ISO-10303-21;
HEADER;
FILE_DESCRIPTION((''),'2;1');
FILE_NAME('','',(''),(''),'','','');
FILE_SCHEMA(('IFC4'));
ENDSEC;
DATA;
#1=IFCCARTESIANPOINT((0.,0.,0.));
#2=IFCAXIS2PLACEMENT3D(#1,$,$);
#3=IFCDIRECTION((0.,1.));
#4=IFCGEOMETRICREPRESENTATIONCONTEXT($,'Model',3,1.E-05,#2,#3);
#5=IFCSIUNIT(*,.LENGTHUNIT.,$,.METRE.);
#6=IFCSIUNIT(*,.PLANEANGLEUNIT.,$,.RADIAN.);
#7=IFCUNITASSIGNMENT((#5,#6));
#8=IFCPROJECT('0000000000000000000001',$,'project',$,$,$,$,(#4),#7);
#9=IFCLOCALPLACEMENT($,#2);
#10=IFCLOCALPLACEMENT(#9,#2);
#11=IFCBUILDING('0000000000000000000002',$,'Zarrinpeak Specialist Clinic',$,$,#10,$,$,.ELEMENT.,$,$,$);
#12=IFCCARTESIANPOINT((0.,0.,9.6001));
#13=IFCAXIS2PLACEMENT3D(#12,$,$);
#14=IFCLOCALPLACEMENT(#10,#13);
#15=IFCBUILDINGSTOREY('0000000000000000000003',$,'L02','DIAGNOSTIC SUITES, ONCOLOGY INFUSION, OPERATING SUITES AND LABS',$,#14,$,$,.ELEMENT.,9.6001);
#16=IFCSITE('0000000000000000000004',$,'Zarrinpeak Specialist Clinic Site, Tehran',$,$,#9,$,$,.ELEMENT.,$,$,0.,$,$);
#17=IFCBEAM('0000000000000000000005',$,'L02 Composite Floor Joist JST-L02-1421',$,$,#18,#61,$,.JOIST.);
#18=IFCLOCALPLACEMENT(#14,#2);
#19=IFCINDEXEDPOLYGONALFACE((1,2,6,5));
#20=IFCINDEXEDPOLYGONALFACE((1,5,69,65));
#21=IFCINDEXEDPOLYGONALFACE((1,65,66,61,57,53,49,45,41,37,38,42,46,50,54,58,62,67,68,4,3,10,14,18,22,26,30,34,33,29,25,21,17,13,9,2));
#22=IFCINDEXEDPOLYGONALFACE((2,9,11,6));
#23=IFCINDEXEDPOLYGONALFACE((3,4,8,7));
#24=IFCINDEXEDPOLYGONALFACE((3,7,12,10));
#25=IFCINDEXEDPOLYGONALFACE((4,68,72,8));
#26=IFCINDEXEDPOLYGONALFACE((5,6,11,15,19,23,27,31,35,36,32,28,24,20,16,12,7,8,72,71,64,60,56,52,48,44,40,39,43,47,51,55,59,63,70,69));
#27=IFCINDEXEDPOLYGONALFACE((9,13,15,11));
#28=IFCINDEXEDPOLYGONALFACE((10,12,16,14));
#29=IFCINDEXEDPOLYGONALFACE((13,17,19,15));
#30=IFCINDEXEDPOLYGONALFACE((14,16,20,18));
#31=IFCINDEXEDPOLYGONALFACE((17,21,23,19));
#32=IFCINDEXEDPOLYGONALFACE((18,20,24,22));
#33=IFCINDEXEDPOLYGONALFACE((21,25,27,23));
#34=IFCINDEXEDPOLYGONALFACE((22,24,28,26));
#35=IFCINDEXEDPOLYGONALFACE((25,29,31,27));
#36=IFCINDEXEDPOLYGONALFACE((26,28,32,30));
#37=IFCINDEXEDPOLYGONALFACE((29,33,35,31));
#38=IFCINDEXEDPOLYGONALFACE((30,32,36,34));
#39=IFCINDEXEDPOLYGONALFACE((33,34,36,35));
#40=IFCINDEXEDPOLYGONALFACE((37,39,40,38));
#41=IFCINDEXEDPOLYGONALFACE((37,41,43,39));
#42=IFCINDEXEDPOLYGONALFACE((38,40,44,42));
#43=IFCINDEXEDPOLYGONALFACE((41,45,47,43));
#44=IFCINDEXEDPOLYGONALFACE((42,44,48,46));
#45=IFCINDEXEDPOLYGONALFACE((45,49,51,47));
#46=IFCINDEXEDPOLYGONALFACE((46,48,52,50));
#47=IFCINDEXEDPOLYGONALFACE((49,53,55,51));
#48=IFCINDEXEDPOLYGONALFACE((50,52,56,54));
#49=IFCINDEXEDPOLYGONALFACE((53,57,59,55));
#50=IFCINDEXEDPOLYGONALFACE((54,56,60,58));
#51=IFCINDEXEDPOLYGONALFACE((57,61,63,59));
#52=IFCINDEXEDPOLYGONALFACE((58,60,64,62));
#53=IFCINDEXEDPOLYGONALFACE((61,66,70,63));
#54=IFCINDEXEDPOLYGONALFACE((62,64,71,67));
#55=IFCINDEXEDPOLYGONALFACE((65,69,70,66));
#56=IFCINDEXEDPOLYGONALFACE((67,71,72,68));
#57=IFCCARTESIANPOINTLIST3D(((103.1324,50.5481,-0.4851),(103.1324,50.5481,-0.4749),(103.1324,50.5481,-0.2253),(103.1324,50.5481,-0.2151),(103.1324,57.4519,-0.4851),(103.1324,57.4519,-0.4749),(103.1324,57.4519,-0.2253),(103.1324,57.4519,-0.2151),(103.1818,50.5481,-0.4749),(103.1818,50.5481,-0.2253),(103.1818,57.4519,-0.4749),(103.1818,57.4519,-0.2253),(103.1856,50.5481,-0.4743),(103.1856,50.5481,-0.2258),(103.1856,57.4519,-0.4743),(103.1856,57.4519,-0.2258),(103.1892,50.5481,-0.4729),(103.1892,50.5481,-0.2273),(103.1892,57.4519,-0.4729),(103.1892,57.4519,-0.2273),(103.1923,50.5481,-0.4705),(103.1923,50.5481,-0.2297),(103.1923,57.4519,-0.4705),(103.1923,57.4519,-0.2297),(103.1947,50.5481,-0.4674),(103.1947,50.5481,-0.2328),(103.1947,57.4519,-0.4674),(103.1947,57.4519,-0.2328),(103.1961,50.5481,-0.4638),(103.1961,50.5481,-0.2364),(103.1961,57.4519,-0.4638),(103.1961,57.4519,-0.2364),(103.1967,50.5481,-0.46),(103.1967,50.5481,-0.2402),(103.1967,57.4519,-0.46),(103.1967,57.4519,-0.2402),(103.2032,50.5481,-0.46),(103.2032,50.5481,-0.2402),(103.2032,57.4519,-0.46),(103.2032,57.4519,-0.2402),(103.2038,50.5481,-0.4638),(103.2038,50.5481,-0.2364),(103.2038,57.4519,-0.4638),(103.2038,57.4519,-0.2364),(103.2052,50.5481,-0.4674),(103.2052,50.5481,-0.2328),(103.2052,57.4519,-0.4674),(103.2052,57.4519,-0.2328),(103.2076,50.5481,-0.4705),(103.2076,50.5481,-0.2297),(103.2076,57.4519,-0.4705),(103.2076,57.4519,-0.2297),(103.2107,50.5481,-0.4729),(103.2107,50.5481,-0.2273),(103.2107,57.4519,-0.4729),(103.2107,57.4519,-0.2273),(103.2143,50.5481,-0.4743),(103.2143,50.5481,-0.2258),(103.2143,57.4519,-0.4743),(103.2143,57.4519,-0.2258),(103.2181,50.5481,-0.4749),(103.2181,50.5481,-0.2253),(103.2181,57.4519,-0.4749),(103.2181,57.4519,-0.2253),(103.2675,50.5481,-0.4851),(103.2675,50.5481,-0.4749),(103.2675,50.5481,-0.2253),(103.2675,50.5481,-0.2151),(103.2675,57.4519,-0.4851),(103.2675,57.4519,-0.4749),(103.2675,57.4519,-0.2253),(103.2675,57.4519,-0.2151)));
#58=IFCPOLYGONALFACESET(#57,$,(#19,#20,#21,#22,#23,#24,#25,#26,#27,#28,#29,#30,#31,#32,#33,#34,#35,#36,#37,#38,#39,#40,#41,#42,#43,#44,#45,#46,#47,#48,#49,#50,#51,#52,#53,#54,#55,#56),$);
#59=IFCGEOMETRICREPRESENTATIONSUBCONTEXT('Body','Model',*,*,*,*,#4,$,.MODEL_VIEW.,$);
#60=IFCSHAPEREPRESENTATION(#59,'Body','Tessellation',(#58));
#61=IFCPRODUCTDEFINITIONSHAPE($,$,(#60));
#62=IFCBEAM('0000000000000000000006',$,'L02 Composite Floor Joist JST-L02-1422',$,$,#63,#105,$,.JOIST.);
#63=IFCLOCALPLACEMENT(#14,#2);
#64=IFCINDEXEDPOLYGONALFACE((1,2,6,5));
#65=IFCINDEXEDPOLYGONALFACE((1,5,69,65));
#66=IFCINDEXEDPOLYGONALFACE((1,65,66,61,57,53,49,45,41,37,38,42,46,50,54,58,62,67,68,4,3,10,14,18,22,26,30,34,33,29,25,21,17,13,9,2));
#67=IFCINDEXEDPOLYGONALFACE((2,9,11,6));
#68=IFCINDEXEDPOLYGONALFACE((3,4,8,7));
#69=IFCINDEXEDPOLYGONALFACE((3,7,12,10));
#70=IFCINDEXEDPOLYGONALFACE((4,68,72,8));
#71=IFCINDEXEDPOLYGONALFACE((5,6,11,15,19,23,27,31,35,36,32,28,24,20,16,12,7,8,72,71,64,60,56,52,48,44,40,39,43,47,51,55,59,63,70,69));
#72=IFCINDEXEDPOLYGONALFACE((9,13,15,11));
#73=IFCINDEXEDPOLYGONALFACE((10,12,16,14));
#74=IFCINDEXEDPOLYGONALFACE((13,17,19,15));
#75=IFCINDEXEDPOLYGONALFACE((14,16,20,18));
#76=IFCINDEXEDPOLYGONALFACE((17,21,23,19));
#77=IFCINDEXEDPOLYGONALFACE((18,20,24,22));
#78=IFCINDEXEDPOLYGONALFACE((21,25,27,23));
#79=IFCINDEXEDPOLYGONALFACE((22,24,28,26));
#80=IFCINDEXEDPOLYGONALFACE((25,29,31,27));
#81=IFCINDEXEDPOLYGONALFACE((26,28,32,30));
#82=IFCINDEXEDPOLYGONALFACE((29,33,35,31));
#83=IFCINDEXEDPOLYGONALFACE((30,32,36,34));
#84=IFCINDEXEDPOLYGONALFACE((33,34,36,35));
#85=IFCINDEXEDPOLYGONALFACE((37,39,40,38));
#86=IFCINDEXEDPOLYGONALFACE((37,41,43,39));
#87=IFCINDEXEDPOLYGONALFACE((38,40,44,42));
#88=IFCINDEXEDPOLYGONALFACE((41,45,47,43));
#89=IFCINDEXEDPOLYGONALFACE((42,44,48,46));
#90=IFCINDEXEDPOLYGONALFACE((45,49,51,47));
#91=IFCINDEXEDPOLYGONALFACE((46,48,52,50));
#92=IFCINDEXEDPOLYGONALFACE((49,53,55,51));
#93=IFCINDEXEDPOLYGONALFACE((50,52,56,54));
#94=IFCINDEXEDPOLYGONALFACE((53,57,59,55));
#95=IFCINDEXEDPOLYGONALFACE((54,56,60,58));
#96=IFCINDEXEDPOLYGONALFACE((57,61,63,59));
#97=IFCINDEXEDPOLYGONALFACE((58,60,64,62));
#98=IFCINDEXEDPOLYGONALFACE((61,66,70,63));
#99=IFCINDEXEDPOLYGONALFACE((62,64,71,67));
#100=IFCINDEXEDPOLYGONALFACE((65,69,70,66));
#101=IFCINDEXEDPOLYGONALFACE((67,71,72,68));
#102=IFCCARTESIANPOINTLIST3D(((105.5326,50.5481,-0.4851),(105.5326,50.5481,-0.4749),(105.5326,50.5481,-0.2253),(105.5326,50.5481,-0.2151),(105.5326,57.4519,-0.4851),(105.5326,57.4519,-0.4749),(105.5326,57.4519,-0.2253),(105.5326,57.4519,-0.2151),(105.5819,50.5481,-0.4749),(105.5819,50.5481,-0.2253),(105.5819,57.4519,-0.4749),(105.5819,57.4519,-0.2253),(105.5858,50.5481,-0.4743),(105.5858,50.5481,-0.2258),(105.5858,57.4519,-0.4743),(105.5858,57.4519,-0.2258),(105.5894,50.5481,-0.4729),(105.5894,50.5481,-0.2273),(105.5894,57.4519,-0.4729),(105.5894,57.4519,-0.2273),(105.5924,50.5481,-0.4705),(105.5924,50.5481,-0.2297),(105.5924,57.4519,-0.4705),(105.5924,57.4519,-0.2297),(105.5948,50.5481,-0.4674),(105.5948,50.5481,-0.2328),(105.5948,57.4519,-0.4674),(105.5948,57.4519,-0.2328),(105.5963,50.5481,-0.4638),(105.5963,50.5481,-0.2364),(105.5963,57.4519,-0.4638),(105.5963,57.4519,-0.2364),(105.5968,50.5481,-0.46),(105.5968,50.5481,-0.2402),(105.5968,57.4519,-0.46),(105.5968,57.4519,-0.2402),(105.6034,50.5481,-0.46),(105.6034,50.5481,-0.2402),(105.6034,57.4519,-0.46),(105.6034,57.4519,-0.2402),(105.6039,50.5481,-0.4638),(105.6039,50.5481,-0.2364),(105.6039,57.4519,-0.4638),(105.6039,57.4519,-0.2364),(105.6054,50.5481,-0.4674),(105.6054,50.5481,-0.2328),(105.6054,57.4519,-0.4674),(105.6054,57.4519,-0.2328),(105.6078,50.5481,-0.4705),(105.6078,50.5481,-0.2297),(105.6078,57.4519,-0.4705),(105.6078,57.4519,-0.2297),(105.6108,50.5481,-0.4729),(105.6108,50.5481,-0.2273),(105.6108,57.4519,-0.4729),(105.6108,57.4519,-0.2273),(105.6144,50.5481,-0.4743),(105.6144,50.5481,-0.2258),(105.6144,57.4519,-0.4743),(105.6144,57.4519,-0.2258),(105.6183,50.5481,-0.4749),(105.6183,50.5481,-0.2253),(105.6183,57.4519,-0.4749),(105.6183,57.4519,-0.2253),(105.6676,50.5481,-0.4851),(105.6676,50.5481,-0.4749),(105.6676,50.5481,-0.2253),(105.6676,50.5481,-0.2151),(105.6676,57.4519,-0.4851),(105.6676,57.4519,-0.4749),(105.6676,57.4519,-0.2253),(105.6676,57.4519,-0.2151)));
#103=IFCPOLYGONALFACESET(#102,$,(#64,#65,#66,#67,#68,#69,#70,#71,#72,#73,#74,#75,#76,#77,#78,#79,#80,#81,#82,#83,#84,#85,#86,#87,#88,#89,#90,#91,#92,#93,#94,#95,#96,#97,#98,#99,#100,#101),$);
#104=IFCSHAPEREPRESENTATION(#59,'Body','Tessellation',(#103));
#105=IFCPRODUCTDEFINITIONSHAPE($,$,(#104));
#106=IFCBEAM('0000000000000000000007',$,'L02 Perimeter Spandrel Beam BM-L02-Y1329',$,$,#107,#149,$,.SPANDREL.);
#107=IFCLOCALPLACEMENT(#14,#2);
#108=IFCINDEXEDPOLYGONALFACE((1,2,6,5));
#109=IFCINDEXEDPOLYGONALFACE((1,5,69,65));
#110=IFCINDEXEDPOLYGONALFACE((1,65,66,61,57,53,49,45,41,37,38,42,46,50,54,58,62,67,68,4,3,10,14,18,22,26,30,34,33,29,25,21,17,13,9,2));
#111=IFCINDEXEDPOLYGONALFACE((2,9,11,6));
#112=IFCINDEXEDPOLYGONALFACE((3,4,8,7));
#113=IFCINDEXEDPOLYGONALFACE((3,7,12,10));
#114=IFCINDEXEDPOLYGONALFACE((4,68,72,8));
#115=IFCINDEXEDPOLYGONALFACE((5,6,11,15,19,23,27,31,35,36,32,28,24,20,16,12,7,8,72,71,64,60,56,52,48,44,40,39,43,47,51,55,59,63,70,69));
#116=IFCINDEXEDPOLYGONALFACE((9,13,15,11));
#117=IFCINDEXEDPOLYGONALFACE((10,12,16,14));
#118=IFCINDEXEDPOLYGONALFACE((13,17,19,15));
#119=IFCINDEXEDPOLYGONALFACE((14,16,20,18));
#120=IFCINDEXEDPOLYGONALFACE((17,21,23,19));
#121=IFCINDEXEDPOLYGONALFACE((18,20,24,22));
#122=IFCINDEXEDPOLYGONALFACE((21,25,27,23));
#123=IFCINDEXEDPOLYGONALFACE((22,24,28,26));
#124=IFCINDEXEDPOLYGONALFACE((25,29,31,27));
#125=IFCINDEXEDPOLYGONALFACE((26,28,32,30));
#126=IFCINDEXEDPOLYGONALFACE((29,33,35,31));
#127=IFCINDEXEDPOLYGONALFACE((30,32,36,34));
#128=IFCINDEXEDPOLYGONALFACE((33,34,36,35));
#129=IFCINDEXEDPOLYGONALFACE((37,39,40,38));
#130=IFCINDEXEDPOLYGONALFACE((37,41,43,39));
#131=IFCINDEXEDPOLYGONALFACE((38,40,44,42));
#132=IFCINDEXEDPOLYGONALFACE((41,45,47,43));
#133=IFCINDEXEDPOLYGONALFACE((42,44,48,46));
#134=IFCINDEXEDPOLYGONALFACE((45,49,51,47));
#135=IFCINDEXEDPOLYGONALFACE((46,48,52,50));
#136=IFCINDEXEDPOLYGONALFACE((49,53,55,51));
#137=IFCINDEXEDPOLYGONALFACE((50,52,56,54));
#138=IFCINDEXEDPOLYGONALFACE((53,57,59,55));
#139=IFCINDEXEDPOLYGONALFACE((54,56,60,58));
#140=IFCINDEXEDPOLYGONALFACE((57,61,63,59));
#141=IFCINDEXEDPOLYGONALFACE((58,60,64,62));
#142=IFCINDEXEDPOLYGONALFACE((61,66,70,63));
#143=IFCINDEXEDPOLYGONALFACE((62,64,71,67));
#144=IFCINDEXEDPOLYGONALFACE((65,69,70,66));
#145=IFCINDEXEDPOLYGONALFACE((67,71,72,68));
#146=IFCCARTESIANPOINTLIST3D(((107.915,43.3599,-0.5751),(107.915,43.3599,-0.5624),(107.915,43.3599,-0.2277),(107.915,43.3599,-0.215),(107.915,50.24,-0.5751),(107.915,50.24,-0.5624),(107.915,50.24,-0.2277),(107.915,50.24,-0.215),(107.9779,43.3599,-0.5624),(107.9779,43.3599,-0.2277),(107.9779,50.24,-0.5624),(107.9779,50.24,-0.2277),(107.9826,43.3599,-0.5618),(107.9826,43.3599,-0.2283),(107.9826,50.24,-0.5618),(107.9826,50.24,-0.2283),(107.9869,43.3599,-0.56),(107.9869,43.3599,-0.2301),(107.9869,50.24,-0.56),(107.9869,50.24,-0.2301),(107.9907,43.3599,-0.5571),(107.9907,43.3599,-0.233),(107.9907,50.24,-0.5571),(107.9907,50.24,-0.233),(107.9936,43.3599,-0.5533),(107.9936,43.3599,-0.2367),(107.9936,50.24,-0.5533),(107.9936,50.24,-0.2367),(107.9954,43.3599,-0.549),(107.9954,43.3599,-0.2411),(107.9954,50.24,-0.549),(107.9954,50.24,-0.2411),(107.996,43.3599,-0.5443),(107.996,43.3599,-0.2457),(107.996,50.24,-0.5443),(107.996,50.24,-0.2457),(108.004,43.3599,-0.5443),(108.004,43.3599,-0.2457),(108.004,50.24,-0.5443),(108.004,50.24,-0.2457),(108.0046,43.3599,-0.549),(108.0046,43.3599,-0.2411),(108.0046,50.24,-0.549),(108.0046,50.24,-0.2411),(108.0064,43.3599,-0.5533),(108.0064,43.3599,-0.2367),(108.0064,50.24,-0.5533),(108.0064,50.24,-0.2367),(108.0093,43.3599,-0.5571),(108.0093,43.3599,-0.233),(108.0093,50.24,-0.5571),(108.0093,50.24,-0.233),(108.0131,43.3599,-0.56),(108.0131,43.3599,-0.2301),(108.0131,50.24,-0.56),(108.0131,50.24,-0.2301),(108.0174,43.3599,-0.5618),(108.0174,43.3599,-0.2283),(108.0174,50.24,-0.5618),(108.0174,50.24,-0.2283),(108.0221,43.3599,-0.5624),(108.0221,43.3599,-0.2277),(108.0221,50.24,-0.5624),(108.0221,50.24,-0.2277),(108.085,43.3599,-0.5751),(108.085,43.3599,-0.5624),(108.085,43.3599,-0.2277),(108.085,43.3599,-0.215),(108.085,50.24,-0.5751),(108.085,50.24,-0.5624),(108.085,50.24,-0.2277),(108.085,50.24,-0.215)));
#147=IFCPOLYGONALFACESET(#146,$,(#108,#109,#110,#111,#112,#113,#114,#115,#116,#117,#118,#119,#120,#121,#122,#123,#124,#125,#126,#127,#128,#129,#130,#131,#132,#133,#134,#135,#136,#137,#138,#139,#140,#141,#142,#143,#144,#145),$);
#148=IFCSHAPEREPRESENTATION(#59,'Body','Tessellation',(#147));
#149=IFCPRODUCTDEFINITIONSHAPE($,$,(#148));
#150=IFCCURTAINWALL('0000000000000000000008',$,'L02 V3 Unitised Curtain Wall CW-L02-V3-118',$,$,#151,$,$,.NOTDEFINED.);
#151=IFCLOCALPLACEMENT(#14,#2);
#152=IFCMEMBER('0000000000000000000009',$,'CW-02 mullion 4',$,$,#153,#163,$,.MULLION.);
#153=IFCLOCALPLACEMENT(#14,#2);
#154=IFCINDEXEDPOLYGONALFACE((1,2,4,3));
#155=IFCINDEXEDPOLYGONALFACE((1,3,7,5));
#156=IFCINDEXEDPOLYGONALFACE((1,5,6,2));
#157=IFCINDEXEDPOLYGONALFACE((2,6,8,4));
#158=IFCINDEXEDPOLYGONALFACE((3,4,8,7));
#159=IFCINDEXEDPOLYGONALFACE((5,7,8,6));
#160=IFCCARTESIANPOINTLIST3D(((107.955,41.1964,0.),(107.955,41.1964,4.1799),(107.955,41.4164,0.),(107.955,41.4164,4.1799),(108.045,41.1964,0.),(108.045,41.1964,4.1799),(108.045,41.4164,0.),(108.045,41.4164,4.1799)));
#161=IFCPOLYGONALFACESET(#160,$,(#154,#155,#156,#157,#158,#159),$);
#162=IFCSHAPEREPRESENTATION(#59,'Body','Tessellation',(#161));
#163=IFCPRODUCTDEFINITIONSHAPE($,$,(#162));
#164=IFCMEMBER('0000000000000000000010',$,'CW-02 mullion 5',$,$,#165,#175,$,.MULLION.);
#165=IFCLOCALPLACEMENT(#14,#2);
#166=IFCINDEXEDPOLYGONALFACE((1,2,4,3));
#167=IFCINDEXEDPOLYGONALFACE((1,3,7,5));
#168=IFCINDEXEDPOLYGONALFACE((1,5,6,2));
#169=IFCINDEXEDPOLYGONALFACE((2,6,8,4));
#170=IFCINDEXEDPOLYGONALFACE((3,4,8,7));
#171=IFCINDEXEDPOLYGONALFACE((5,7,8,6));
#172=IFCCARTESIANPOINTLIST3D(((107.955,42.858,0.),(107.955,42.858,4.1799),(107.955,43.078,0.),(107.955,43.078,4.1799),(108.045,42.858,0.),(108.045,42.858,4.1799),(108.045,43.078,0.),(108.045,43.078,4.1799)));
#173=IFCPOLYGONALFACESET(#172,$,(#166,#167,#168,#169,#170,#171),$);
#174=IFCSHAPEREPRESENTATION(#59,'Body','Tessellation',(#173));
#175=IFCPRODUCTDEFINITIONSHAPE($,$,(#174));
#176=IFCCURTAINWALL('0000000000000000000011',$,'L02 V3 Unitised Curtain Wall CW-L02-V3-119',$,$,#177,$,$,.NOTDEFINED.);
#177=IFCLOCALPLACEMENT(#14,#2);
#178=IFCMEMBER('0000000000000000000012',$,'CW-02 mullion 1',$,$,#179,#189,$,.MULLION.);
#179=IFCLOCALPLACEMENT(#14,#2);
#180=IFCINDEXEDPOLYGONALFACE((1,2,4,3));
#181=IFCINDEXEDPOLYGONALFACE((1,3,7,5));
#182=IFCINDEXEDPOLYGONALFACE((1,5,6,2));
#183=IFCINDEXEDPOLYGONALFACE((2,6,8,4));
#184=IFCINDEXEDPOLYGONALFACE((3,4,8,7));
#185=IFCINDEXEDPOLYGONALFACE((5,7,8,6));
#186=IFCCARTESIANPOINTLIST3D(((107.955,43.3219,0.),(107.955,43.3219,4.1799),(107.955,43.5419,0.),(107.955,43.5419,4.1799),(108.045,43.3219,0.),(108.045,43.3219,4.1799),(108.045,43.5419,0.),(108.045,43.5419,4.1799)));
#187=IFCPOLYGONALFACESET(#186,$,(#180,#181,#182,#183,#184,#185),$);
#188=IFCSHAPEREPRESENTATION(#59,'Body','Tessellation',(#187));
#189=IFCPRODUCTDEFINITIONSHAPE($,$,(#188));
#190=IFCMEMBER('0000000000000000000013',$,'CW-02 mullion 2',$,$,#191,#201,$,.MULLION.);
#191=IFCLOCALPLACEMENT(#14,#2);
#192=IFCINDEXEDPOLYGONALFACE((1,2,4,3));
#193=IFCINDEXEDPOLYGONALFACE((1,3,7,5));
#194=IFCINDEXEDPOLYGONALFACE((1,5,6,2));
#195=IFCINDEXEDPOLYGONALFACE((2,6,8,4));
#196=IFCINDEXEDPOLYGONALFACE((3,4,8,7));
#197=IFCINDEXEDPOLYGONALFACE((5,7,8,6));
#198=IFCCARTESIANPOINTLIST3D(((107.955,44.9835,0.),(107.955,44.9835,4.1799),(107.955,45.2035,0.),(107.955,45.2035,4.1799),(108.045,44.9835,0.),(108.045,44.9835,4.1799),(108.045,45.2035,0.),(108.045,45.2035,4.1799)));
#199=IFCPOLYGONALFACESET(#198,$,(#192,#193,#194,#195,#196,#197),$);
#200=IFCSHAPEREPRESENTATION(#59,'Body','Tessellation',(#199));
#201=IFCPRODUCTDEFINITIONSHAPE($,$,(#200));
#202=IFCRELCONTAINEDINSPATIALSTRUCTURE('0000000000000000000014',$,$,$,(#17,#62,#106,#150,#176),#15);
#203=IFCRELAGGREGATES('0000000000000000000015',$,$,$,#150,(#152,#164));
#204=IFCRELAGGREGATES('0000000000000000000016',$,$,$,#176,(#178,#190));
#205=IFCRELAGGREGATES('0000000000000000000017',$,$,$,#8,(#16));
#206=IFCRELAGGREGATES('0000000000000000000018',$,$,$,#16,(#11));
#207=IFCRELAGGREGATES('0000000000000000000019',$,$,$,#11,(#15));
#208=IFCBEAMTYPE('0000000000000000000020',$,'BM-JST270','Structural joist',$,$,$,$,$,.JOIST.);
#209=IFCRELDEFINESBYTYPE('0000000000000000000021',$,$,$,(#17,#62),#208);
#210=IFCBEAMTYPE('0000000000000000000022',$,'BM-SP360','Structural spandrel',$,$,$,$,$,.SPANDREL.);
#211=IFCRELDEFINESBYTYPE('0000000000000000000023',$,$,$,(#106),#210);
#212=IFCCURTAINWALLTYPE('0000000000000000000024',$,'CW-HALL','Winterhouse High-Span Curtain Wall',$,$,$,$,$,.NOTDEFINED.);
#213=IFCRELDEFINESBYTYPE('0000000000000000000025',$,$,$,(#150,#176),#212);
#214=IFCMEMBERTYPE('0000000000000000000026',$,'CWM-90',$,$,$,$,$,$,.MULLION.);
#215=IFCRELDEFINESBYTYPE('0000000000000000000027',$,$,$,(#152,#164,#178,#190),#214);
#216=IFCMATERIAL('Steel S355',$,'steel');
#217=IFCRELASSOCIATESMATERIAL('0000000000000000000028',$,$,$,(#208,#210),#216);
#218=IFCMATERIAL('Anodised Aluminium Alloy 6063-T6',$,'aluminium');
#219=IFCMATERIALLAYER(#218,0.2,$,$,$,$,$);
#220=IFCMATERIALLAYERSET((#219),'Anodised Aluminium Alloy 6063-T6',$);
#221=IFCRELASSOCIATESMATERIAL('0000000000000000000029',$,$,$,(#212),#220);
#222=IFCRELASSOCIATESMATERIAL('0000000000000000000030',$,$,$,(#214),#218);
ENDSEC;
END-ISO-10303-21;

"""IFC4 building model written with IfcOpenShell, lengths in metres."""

from ifc_helpers import new_model, si_unit, direction, frame, origin, origin_2d, place, context, subcontext, project, spatial, rectangle, i_section, extrude, material, layer, layer_set, material_profile, profile_set, type_object, element, aggregate, save


model = new_model("IFC4")

# Units and contexts
model_context = context("Model", 3, precision=1e-05, world=origin(), true_north=direction((0.0, 1.0)))
body_context = subcontext(model_context, "Body", "Model", "MODEL_VIEW")
ifc_project = project(units=[si_unit("LENGTHUNIT", "METRE"), si_unit("PLANEANGLEUNIT", "RADIAN")], contexts=[model_context])

# Site, building, storey
site_placement = place(None, origin())
site = spatial("IfcSite", under=ifc_project, at=site_placement, Name="Zarrinpeak Specialist Clinic Site, Tehran", CompositionType="ELEMENT", RefElevation=0.0)
building_placement = place(site_placement, origin())
building = spatial("IfcBuilding", under=site, at=building_placement, Name="Zarrinpeak Specialist Clinic", CompositionType="ELEMENT")
storey_placement = place(building_placement, frame((0.0, 0.0, 9.6001)))
storey = spatial("IfcBuildingStorey", under=building, at=storey_placement, Name="L02", Description="DIAGNOSTIC SUITES, ONCOLOGY INFUSION, OPERATING SUITES AND LABS", CompositionType="ELEMENT", Elevation=9.6001)

# Shared definitions
ifc_material_1 = material(Name="Steel S355", Category="steel")

# Beams
ifc_material_profile_1 = material_profile(ifc_material_1, i_section(OverallWidth=0.135, OverallDepth=0.27, WebThickness=0.0066, FlangeThickness=0.0103, FilletRadius=0.0149, at=origin_2d()), Name="IPE 270")
ifc_profile_set_1 = profile_set([ifc_material_profile_1], Name="Steel S355")
beam_type_1 = type_object("IfcBeamType", Name="BM-JST270", Description="Structural joist", PredefinedType="JOIST", material=ifc_profile_set_1)
for number, where, z_axis, x_axis, name in (
    (1, (103.2, 50.5481, -0.3501), (0.0, 1.0, 0.0), (-1.0, 0.0, 0.0), "L02 Composite Floor Joist JST-L02-1421"),
    (2, (105.6001, 50.5481, -0.3501), (0.0, 1.0, 0.0), (-1.0, 0.0, 0.0), "L02 Composite Floor Joist JST-L02-1422"),
):
    element("IfcBeam", number, at=place(storey_placement, frame(where, z_axis=z_axis, x_axis=x_axis)), inside=storey, type_object=beam_type_1, Name=name, PredefinedType="JOIST", context=body_context, shape_type="SweptSolid", body=[
        extrude(i_section(OverallWidth=0.135, OverallDepth=0.27, WebThickness=0.0066, FlangeThickness=0.0103, FilletRadius=0.0149, at=origin_2d()), origin(), (0.0, 0.0, 1.0), 6.9038),
    ])
ifc_material_profile_2 = material_profile(ifc_material_1, i_section(OverallWidth=0.1699, OverallDepth=0.3601, WebThickness=0.0081, FlangeThickness=0.0127, FilletRadius=0.0181, at=origin_2d()), Name="IPE 360")
ifc_profile_set_2 = profile_set([ifc_material_profile_2], Name="Steel S355")
beam_type_2 = type_object("IfcBeamType", Name="BM-SP360", Description="Structural spandrel", PredefinedType="SPANDREL", material=ifc_profile_set_2)
beam_1_placement = place(storey_placement, frame((108.0, 43.3599, -0.395), z_axis=(0.0, 1.0, 0.0), x_axis=(-1.0, 0.0, 0.0)))
element("IfcBeam", 3, at=beam_1_placement, inside=storey, type_object=beam_type_2, Name="L02 Perimeter Spandrel Beam BM-L02-Y1329", PredefinedType="SPANDREL", context=body_context, shape_type="SweptSolid", body=[
    extrude(i_section(OverallWidth=0.1699, OverallDepth=0.3601, WebThickness=0.0081, FlangeThickness=0.0127, FilletRadius=0.0181, at=origin_2d()), origin(), (0.0, 0.0, 1.0), 6.8801),
])

# Curtain walls, members
ifc_material_2 = material(Name="Anodised Aluminium Alloy 6063-T6", Category="aluminium")
ifc_layer_1 = layer(ifc_material_2, 0.2)
ifc_layer_set_1 = layer_set([ifc_layer_1], Name="Anodised Aluminium Alloy 6063-T6")
curtain_wall_type = type_object("IfcCurtainWallType", Name="CW-HALL", Description="Winterhouse High-Span Curtain Wall", PredefinedType="NOTDEFINED", material=ifc_layer_set_1)
curtain_wall_1_placement = place(storey_placement, origin())
curtain_wall_1 = element("IfcCurtainWall", 4, at=curtain_wall_1_placement, inside=storey, type_object=curtain_wall_type, Name="L02 V3 Unitised Curtain Wall CW-L02-V3-118", PredefinedType="NOTDEFINED")
ifc_material_profile_3 = material_profile(ifc_material_2, rectangle(XDim=0.0901, YDim=0.22, at=origin_2d()), Name="ALU 90x220")
ifc_profile_set_3 = profile_set([ifc_material_profile_3], Name="Anodised Aluminium Alloy 6063-T6")
member_type_1 = type_object("IfcMemberType", Name="CWM-90", PredefinedType="MULLION", material=ifc_profile_set_3)
member_1_placement = place(storey_placement, frame((108.0, 41.3064, 0.0), z_axis=(0.0, 0.0, 1.0), x_axis=(-1.0, 0.0, 0.0)))
member_1 = element("IfcMember", 5, at=member_1_placement, type_object=member_type_1, Name="CW-02 mullion 4", PredefinedType="MULLION", context=body_context, shape_type="SweptSolid", body=[
    extrude(rectangle(XDim=0.0901, YDim=0.22, at=origin_2d()), origin(), (0.0, 0.0, 1.0), 4.1799),
])
member_2_placement = place(storey_placement, frame((108.0, 42.968, 0.0), z_axis=(0.0, 0.0, 1.0), x_axis=(-1.0, 0.0, 0.0)))
member_2 = element("IfcMember", 6, at=member_2_placement, type_object=member_type_1, Name="CW-02 mullion 5", PredefinedType="MULLION", context=body_context, shape_type="SweptSolid", body=[
    extrude(rectangle(XDim=0.0901, YDim=0.22, at=origin_2d()), origin(), (0.0, 0.0, 1.0), 4.1799),
])
curtain_wall_2_placement = place(storey_placement, origin())
curtain_wall_2 = element("IfcCurtainWall", 7, at=curtain_wall_2_placement, inside=storey, type_object=curtain_wall_type, Name="L02 V3 Unitised Curtain Wall CW-L02-V3-119", PredefinedType="NOTDEFINED")
member_3_placement = place(storey_placement, frame((108.0, 43.4319, 0.0), z_axis=(0.0, 0.0, 1.0), x_axis=(-1.0, 0.0, 0.0)))
member_3 = element("IfcMember", 8, at=member_3_placement, type_object=member_type_1, Name="CW-02 mullion 1", PredefinedType="MULLION", context=body_context, shape_type="SweptSolid", body=[
    extrude(rectangle(XDim=0.0901, YDim=0.22, at=origin_2d()), origin(), (0.0, 0.0, 1.0), 4.1799),
])
member_4_placement = place(storey_placement, frame((108.0, 45.0935, 0.0), z_axis=(0.0, 0.0, 1.0), x_axis=(-1.0, 0.0, 0.0)))
member_4 = element("IfcMember", 9, at=member_4_placement, type_object=member_type_1, Name="CW-02 mullion 2", PredefinedType="MULLION", context=body_context, shape_type="SweptSolid", body=[
    extrude(rectangle(XDim=0.0901, YDim=0.22, at=origin_2d()), origin(), (0.0, 0.0, 1.0), 4.1799),
])

aggregate(curtain_wall_1, [member_1, member_2])
aggregate(curtain_wall_2, [member_3, member_4])

save(model, "model.ifc")
